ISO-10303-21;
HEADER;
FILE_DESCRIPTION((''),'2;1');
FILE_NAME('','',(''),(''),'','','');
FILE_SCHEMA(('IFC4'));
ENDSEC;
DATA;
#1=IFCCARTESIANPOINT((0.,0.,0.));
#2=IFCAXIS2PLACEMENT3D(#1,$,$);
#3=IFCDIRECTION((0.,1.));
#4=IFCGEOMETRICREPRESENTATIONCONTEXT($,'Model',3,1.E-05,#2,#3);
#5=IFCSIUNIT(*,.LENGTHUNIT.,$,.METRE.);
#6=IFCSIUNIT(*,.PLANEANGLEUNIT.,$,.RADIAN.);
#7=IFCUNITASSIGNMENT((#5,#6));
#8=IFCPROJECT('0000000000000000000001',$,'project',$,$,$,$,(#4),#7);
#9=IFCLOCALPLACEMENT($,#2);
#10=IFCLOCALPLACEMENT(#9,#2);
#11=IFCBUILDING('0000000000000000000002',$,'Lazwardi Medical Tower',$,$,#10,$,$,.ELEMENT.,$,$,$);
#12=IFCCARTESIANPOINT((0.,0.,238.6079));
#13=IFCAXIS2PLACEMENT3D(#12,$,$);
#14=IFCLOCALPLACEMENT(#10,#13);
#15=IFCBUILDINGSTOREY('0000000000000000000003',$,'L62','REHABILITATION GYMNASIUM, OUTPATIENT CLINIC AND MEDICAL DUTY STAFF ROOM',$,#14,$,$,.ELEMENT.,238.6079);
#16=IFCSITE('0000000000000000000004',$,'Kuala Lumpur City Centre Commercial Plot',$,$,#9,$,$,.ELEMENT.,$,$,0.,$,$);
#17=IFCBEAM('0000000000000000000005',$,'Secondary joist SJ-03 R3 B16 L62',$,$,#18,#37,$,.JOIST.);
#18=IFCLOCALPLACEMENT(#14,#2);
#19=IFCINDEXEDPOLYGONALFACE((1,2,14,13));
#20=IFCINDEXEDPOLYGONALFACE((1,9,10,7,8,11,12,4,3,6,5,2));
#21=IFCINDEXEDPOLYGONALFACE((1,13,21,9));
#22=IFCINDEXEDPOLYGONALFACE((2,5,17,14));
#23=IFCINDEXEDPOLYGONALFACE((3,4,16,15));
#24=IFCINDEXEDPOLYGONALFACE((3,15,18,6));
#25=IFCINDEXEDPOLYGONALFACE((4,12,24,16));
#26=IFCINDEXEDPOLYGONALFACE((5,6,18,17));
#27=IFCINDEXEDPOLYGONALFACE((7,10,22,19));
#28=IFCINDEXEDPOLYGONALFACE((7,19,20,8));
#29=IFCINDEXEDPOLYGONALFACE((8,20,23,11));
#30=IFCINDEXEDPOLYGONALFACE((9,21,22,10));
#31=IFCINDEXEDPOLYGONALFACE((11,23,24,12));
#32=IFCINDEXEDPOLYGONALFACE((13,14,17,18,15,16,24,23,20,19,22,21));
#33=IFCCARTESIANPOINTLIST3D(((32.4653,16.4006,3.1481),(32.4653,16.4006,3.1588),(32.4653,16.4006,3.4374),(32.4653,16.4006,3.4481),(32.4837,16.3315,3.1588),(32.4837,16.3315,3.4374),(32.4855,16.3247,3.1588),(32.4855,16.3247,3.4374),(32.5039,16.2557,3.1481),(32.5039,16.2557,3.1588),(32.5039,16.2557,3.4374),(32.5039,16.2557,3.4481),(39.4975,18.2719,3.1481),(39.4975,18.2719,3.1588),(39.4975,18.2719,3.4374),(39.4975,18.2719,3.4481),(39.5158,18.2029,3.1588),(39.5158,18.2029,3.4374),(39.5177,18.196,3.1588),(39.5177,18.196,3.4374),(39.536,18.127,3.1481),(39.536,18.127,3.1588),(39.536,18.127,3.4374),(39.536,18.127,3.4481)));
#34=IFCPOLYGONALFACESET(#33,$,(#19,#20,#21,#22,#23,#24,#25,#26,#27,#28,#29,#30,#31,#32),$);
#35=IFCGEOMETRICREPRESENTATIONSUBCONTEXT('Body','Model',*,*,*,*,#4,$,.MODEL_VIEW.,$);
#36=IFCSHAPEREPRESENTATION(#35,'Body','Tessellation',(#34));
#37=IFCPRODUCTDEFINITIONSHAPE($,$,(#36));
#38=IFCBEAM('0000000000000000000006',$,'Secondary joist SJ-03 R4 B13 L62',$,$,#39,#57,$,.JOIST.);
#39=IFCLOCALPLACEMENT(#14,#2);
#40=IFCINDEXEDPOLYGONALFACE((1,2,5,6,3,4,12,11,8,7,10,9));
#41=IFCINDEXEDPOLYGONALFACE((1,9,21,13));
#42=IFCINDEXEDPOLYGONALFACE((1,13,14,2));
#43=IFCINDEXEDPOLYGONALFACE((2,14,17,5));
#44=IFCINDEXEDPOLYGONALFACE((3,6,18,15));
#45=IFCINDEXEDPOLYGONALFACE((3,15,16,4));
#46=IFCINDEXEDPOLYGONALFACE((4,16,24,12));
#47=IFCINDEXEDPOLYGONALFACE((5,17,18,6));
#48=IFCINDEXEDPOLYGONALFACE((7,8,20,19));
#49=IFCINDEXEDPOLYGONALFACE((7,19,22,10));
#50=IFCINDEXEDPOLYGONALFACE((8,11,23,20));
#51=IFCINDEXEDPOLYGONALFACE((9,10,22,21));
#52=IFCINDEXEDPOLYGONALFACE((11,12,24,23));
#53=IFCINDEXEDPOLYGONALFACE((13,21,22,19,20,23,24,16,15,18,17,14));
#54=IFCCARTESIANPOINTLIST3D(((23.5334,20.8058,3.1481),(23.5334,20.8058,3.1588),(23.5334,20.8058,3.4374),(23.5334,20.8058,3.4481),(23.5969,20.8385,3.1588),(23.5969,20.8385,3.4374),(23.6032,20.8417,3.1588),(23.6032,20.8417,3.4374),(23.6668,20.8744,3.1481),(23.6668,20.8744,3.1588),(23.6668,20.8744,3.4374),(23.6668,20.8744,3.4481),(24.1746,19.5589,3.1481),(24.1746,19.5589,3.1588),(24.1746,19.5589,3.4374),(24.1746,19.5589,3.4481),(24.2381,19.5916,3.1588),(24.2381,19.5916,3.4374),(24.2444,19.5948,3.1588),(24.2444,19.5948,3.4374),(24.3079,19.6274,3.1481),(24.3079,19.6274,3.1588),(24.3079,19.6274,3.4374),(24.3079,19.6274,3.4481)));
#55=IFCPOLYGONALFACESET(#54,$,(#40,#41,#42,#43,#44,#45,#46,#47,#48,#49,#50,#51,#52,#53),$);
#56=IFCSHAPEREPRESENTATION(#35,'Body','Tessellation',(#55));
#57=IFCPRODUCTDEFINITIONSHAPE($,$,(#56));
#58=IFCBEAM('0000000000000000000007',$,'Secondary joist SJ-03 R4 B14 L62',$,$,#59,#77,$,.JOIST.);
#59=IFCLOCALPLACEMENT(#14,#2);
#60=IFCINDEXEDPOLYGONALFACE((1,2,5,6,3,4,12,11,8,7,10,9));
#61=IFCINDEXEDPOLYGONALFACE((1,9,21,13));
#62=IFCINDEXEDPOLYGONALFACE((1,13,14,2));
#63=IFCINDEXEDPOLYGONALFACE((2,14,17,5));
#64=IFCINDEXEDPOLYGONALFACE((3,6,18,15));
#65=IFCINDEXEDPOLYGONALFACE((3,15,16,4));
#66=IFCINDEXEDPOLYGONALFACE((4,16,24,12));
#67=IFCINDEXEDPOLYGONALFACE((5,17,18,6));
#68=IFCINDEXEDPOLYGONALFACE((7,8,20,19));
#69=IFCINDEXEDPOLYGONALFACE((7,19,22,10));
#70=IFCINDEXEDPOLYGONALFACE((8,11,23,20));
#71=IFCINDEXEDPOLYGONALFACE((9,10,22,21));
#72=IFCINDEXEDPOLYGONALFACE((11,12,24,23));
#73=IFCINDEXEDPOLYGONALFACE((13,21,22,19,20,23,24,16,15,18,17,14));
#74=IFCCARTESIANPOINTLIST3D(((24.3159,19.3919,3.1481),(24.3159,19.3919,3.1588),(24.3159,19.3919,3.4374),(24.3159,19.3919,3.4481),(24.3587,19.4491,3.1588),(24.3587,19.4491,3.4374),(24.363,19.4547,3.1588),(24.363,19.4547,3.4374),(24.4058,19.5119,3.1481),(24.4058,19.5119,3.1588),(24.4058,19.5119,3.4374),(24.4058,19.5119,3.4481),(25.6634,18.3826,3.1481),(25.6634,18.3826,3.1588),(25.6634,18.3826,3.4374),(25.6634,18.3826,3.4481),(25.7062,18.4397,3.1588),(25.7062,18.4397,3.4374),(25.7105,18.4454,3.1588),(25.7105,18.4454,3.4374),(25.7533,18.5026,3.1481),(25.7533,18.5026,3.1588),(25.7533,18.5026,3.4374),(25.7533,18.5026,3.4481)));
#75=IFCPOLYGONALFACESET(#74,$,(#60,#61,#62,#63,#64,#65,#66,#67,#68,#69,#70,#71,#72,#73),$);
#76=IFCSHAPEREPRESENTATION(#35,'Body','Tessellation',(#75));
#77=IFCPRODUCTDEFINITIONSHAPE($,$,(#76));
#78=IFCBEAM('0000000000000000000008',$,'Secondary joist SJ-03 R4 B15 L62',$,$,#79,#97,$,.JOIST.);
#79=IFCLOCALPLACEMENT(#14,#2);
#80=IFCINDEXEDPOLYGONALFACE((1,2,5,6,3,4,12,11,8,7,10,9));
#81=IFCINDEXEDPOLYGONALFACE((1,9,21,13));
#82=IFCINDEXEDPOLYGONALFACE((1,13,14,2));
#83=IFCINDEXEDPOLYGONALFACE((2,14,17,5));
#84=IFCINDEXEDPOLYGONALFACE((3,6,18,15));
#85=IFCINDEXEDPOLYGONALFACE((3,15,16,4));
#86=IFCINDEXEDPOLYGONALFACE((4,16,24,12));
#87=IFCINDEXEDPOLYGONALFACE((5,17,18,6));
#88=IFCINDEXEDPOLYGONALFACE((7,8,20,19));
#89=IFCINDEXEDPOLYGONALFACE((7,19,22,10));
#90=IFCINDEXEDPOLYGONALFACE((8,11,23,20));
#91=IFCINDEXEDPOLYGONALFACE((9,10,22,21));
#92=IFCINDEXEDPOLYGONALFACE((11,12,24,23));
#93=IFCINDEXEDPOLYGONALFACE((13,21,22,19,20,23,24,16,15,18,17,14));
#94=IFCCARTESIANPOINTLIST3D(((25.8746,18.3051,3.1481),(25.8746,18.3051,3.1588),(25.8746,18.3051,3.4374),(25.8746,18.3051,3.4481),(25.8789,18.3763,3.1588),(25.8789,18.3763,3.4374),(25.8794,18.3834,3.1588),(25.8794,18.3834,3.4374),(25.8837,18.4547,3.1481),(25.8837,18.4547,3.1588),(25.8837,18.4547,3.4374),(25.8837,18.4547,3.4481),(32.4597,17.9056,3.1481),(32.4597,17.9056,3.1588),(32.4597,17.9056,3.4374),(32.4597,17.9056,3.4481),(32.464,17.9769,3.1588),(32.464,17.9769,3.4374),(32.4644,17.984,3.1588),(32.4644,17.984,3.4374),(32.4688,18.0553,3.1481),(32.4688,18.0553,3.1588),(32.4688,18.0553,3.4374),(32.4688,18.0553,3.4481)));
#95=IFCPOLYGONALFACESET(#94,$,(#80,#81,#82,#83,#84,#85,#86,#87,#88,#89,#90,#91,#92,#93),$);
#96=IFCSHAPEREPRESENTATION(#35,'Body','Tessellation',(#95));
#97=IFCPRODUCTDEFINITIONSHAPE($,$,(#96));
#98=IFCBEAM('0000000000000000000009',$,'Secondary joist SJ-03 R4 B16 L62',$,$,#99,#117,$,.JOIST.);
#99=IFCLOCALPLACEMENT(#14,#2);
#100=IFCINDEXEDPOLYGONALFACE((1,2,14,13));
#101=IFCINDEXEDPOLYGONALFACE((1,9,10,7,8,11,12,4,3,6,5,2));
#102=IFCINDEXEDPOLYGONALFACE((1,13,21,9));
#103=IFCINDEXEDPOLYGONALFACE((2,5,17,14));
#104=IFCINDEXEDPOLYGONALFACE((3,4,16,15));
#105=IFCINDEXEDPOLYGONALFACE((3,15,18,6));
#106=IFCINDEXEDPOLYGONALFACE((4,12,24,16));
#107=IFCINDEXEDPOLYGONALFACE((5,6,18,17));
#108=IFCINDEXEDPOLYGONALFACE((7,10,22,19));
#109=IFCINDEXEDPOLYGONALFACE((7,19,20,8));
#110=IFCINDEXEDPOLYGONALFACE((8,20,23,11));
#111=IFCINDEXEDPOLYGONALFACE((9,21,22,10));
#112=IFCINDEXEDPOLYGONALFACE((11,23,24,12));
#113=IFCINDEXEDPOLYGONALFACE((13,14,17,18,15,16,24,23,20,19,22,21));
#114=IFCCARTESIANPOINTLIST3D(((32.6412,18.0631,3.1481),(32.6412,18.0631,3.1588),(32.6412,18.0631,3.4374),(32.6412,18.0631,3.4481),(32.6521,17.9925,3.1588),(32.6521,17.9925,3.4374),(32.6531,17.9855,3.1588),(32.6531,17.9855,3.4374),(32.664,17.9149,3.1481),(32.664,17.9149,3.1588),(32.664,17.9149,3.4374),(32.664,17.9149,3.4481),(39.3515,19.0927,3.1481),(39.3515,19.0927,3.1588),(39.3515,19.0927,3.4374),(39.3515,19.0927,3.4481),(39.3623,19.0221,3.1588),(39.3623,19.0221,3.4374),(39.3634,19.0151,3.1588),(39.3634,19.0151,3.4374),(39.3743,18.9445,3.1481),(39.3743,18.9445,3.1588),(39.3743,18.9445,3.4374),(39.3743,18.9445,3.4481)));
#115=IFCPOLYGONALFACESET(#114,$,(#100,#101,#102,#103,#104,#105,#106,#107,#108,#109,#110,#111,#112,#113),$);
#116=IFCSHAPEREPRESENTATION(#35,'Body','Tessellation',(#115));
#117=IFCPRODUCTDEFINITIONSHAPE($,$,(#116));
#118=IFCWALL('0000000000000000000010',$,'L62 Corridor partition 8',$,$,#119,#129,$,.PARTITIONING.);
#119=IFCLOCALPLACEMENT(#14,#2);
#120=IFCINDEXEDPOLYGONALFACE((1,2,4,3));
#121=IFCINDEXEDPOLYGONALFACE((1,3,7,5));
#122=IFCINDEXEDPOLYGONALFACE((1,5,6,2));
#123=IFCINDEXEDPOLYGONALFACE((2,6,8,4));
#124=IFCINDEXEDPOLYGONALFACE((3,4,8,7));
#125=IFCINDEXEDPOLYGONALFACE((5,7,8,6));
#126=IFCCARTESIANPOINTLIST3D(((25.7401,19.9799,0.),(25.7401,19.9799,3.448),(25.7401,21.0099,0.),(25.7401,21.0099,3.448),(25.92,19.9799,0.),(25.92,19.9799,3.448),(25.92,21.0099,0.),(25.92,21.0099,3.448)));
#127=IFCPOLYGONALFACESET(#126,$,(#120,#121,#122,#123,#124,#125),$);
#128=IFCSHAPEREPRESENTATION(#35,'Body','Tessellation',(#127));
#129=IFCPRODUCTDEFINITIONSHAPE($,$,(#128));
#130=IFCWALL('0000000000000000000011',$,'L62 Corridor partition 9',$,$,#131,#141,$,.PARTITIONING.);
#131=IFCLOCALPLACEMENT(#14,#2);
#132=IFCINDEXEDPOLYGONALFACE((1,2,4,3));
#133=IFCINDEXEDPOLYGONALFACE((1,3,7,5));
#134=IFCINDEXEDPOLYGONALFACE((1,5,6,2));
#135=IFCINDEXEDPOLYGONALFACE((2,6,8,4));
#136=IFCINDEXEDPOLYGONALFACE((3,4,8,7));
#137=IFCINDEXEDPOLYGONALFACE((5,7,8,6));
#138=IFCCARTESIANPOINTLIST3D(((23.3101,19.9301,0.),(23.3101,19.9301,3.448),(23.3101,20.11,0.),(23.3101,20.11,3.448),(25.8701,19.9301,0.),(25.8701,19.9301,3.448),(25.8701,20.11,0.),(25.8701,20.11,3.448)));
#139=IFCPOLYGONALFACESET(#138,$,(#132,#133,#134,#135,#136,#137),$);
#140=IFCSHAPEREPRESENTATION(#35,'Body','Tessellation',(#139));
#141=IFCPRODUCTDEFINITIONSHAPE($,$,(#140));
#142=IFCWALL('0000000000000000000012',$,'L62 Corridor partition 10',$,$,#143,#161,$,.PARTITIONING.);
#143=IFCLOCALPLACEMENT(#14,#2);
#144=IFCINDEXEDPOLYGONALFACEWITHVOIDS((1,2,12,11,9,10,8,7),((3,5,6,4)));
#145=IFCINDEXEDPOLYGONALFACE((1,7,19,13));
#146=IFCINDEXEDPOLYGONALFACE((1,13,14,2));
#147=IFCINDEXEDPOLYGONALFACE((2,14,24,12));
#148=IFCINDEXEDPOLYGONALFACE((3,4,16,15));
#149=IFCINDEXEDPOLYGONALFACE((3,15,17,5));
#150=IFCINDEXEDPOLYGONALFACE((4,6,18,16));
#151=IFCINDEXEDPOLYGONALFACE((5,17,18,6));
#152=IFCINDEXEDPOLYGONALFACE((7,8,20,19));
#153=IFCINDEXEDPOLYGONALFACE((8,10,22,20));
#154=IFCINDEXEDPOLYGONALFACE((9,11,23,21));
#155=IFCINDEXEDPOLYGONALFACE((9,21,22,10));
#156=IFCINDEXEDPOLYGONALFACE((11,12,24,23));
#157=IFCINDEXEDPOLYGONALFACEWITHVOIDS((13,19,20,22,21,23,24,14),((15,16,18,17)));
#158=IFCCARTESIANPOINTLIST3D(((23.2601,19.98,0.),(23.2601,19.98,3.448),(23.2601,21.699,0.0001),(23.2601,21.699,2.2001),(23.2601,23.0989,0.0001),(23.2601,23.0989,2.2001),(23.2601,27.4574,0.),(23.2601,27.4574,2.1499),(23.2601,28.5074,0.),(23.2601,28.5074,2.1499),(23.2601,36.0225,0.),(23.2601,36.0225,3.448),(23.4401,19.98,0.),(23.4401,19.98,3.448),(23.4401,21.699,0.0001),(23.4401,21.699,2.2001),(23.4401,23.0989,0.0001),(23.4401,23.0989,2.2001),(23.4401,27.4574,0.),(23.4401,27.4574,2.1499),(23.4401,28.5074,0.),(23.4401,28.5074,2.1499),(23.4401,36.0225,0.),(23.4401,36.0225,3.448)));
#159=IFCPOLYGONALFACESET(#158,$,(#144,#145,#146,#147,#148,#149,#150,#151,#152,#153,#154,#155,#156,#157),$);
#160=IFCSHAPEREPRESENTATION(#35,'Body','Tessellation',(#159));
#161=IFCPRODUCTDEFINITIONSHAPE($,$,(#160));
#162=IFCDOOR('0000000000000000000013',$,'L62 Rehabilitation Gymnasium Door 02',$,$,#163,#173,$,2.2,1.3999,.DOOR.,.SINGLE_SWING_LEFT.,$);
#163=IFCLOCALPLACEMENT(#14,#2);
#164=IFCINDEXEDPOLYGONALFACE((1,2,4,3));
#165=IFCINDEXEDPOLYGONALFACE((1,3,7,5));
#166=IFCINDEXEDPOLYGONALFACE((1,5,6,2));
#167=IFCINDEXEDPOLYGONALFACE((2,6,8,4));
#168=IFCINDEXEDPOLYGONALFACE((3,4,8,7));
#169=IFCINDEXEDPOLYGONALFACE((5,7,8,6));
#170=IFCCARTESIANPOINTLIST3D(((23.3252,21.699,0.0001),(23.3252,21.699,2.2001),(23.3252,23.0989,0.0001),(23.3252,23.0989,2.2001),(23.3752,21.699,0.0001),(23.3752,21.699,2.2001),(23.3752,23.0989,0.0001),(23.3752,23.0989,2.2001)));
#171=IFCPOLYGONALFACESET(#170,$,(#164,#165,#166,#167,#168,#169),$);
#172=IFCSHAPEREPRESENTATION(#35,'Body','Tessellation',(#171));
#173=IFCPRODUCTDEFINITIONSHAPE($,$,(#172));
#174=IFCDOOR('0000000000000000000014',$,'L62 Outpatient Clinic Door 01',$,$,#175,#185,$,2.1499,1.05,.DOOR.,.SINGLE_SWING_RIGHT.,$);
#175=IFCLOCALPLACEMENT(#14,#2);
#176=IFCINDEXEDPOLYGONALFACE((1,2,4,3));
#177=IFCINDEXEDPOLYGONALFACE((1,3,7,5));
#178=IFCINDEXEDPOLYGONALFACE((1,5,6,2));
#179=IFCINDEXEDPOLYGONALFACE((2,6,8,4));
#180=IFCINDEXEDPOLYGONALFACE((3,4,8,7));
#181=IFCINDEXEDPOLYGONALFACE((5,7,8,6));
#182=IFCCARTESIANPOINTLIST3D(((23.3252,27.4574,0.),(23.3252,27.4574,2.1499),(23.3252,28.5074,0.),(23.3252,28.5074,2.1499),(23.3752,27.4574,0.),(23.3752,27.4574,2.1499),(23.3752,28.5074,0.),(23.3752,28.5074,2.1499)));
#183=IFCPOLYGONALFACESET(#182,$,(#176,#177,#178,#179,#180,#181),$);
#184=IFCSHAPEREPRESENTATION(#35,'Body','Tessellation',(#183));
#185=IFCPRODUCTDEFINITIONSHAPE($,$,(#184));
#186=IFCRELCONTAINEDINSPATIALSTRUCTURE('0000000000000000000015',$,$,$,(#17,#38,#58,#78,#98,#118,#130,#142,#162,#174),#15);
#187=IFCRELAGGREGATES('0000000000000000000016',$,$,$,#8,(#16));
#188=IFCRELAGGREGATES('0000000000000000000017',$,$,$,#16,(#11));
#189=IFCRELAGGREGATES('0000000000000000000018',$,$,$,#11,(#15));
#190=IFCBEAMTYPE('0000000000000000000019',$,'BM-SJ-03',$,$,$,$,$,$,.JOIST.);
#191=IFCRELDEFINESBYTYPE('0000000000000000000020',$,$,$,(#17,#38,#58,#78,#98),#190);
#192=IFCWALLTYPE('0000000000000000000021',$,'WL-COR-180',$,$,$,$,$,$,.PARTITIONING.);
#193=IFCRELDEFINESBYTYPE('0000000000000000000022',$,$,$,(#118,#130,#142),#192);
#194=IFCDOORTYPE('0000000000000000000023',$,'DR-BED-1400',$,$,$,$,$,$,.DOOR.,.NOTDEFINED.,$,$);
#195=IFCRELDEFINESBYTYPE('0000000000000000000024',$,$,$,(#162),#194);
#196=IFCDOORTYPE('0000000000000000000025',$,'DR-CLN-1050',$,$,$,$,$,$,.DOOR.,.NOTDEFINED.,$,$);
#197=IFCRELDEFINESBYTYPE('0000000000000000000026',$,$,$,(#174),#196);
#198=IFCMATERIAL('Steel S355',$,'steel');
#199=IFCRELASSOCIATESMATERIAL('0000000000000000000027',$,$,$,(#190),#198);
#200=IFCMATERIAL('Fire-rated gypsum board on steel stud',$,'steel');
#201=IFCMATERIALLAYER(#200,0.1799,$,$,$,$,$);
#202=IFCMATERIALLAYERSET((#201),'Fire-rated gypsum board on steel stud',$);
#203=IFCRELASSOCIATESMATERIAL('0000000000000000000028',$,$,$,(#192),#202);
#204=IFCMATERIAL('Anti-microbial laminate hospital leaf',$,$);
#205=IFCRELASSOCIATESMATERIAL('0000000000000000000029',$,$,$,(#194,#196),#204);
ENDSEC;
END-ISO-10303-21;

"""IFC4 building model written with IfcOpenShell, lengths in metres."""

from ifc_helpers import new_model, si_unit, direction, frame, frame_2d, origin, origin_2d, place, context, subcontext, project, spatial, rectangle, i_section, extrude, material, layer, layer_set, material_profile, profile_set, type_object, element, fill, save


model = new_model("IFC4")

# Units and contexts
model_context = context("Model", 3, precision=1e-05, world=origin(), true_north=direction((0.0, 1.0)))
body_context = subcontext(model_context, "Body", "Model", "MODEL_VIEW")
ifc_project = project(units=[si_unit("LENGTHUNIT", "METRE"), si_unit("PLANEANGLEUNIT", "RADIAN")], contexts=[model_context])

# Site, building, storey
site_placement = place(None, origin())
site = spatial("IfcSite", under=ifc_project, at=site_placement, Name="Kuala Lumpur City Centre Commercial Plot", CompositionType="ELEMENT", RefElevation=0.0)
building_placement = place(site_placement, origin())
building = spatial("IfcBuilding", under=site, at=building_placement, Name="Lazwardi Medical Tower", CompositionType="ELEMENT")
storey_placement = place(building_placement, frame((0.0, 0.0, 238.6079)))
storey = spatial("IfcBuildingStorey", under=building, at=storey_placement, Name="L62", Description="REHABILITATION GYMNASIUM, OUTPATIENT CLINIC AND MEDICAL DUTY STAFF ROOM", CompositionType="ELEMENT", Elevation=238.6079)

# Beams
ifc_material_1 = material(Name="Steel S355", Category="steel")
ifc_material_profile_1 = material_profile(ifc_material_1, i_section(OverallWidth=0.1499, OverallDepth=0.3, WebThickness=0.0071, FlangeThickness=0.0107, at=origin_2d()), Name="IPE 300")
ifc_profile_set_1 = profile_set([ifc_material_profile_1], Name="Steel S355")
beam_type_1 = type_object("IfcBeamType", Name="BM-SJ-03", PredefinedType="JOIST", material=ifc_profile_set_1)
beam_1_placement = place(storey_placement, frame((32.4846, 16.3281, 3.2981), z_axis=(0.966369, 0.257159, 0.0), x_axis=(-0.257159, 0.966369, 0.0)))
element("IfcBeam", 1, at=beam_1_placement, inside=storey, type_object=beam_type_1, Name="Secondary joist SJ-03 R3 B16 L62", PredefinedType="JOIST", context=body_context, shape_type="SweptSolid", body=[
    extrude(i_section(OverallWidth=0.1499, OverallDepth=0.3, WebThickness=0.0071, FlangeThickness=0.0107, at=origin_2d()), origin(), (0.0, 0.0, 1.0), 7.2769),
])
beam_2_placement = place(storey_placement, frame((23.6001, 20.8401, 3.2981), z_axis=(0.457285, -0.88932, 0.0), x_axis=(0.88932, 0.457285, 0.0)))
element("IfcBeam", 2, at=beam_2_placement, inside=storey, type_object=beam_type_1, Name="Secondary joist SJ-03 R4 B13 L62", PredefinedType="JOIST", context=body_context, shape_type="SweptSolid", body=[
    extrude(i_section(OverallWidth=0.1499, OverallDepth=0.3, WebThickness=0.0071, FlangeThickness=0.0107, at=origin_2d()), origin(), (0.0, 0.0, 1.0), 1.4021),
])
beam_3_placement = place(storey_placement, frame((24.3608, 19.4519, 3.2981), z_axis=(0.800365, -0.599513, 0.0), x_axis=(0.599513, 0.800365, 0.0)))
element("IfcBeam", 3, at=beam_3_placement, inside=storey, type_object=beam_type_1, Name="Secondary joist SJ-03 R4 B14 L62", PredefinedType="JOIST", context=body_context, shape_type="SweptSolid", body=[
    extrude(i_section(OverallWidth=0.1499, OverallDepth=0.3, WebThickness=0.0071, FlangeThickness=0.0107, at=origin_2d()), origin(), (0.0, 0.0, 1.0), 1.6836),
])
beam_4_placement = place(storey_placement, frame((25.8792, 18.3799, 3.2981), z_axis=(0.998166, -0.060544, 0.0), x_axis=(0.060544, 0.998166, 0.0)))
element("IfcBeam", 4, at=beam_4_placement, inside=storey, type_object=beam_type_1, Name="Secondary joist SJ-03 R4 B15 L62", PredefinedType="JOIST", context=body_context, shape_type="SweptSolid", body=[
    extrude(i_section(OverallWidth=0.1499, OverallDepth=0.3, WebThickness=0.0071, FlangeThickness=0.0107, at=origin_2d()), origin(), (0.0, 0.0, 1.0), 6.5972),
])
beam_5_placement = place(storey_placement, frame((32.6526, 17.989, 3.2981), z_axis=(0.988434, 0.151655, 0.0), x_axis=(-0.151655, 0.988434, 0.0)))
element("IfcBeam", 5, at=beam_5_placement, inside=storey, type_object=beam_type_1, Name="Secondary joist SJ-03 R4 B16 L62", PredefinedType="JOIST", context=body_context, shape_type="SweptSolid", body=[
    extrude(i_section(OverallWidth=0.1499, OverallDepth=0.3, WebThickness=0.0071, FlangeThickness=0.0107, at=origin_2d()), origin(), (0.0, 0.0, 1.0), 6.7888),
])

# Walls
ifc_material_2 = material(Name="Fire-rated gypsum board on steel stud", Category="steel")
ifc_layer_1 = layer(ifc_material_2, 0.1799)
ifc_layer_set_1 = layer_set([ifc_layer_1], Name="Fire-rated gypsum board on steel stud")
wall_type_1 = type_object("IfcWallType", Name="WL-COR-180", PredefinedType="PARTITIONING", material=ifc_layer_set_1)
wall_1_placement = place(storey_placement, frame((25.8301, 21.01, 0.0), z_axis=(0.0, 0.0, 1.0), x_axis=(0.0, -1.0, 0.0)))
element("IfcWall", 6, at=wall_1_placement, inside=storey, type_object=wall_type_1, Name="L62 Corridor partition 8", PredefinedType="PARTITIONING", context=body_context, shape_type="SweptSolid", body=[
    extrude(rectangle(XDim=1.03, YDim=0.1799, at=frame_2d((0.5151, 0.0))), origin(), (0.0, 0.0, 1.0), 3.448),
])
wall_2_placement = place(storey_placement, frame((25.8701, 20.02, 0.0), z_axis=(0.0, 0.0, 1.0), x_axis=(-1.0, 0.0, 0.0)))
element("IfcWall", 7, at=wall_2_placement, inside=storey, type_object=wall_type_1, Name="L62 Corridor partition 9", PredefinedType="PARTITIONING", context=body_context, shape_type="SweptSolid", body=[
    extrude(rectangle(XDim=2.5601, YDim=0.1799, at=frame_2d((1.28, 0.0))), origin(), (0.0, 0.0, 1.0), 3.448),
])

# Wall, openings, doors
wall_3_placement = place(storey_placement, frame((23.3501, 19.98, 0.0), z_axis=(0.0, 0.0, 1.0), x_axis=(0.0, 1.0, 0.0)))
wall_3 = element("IfcWall", 8, at=wall_3_placement, inside=storey, type_object=wall_type_1, Name="L62 Corridor partition 10", PredefinedType="PARTITIONING", context=body_context, shape_type="SweptSolid", body=[
    extrude(rectangle(XDim=16.0425, YDim=0.1799, at=frame_2d((8.0212, 0.0))), origin(), (0.0, 0.0, 1.0), 3.448),
])
opening_1_placement = place(wall_3_placement, frame((7.4775, 0.0, 0.0)))
opening_1 = element("IfcOpeningElement", 9, at=opening_1_placement, cuts=wall_3, PredefinedType="OPENING", context=body_context, shape_type="SweptSolid", body=[
    extrude(rectangle(XDim=1.05, YDim=2.1499, at=frame_2d((0.5249, 1.075))), frame((0.0, 0.0999, 0.0), z_axis=(0.0, -1.0, 0.0), x_axis=(1.0, 0.0, 0.0)), (0.0, 0.0, 1.0), 0.2),
])
opening_2_placement = place(wall_3_placement, frame((1.719, 0.0, 0.0)))
opening_2 = element("IfcOpeningElement", 10, at=opening_2_placement, cuts=wall_3, PredefinedType="OPENING", context=body_context, shape_type="SweptSolid", body=[
    extrude(rectangle(XDim=1.3999, YDim=2.2, at=frame_2d((0.7, 1.1001))), frame((0.0, 0.0999, 0.0), z_axis=(0.0, -1.0, 0.0), x_axis=(1.0, 0.0, 0.0)), (0.0, 0.0, 1.0), 0.2),
])
ifc_material_3 = material(Name="Anti-microbial laminate hospital leaf")
door_type_1 = type_object("IfcDoorType", Name="DR-BED-1400", OperationType="NOTDEFINED", PredefinedType="DOOR", material=ifc_material_3)
door_1_placement = place(opening_2_placement, origin())
door_1 = element("IfcDoor", 11, at=door_1_placement, inside=storey, type_object=door_type_1, Name="L62 Rehabilitation Gymnasium Door 02", OperationType="SINGLE_SWING_LEFT", OverallHeight=2.2, OverallWidth=1.3999, PredefinedType="DOOR", context=body_context, shape_type="SweptSolid", body=[
    extrude(rectangle(XDim=1.3999, YDim=2.2, at=frame_2d((0.7, 1.1001))), frame((0.0, 0.0249, 0.0), z_axis=(0.0, -1.0, 0.0), x_axis=(1.0, 0.0, 0.0)), (0.0, 0.0, 1.0), 0.05),
])
fill(opening_2, door_1)
door_type_2 = type_object("IfcDoorType", Name="DR-CLN-1050", OperationType="NOTDEFINED", PredefinedType="DOOR", material=ifc_material_3)
door_2_placement = place(opening_1_placement, origin())
door_2 = element("IfcDoor", 12, at=door_2_placement, inside=storey, type_object=door_type_2, Name="L62 Outpatient Clinic Door 01", OperationType="SINGLE_SWING_RIGHT", OverallHeight=2.1499, OverallWidth=1.05, PredefinedType="DOOR", context=body_context, shape_type="SweptSolid", body=[
    extrude(rectangle(XDim=1.05, YDim=2.1499, at=frame_2d((0.5249, 1.075))), frame((0.0, 0.0249, 0.0), z_axis=(0.0, -1.0, 0.0), x_axis=(1.0, 0.0, 0.0)), (0.0, 0.0, 1.0), 0.05),
])
fill(opening_1, door_2)

save(model, "model.ifc")
